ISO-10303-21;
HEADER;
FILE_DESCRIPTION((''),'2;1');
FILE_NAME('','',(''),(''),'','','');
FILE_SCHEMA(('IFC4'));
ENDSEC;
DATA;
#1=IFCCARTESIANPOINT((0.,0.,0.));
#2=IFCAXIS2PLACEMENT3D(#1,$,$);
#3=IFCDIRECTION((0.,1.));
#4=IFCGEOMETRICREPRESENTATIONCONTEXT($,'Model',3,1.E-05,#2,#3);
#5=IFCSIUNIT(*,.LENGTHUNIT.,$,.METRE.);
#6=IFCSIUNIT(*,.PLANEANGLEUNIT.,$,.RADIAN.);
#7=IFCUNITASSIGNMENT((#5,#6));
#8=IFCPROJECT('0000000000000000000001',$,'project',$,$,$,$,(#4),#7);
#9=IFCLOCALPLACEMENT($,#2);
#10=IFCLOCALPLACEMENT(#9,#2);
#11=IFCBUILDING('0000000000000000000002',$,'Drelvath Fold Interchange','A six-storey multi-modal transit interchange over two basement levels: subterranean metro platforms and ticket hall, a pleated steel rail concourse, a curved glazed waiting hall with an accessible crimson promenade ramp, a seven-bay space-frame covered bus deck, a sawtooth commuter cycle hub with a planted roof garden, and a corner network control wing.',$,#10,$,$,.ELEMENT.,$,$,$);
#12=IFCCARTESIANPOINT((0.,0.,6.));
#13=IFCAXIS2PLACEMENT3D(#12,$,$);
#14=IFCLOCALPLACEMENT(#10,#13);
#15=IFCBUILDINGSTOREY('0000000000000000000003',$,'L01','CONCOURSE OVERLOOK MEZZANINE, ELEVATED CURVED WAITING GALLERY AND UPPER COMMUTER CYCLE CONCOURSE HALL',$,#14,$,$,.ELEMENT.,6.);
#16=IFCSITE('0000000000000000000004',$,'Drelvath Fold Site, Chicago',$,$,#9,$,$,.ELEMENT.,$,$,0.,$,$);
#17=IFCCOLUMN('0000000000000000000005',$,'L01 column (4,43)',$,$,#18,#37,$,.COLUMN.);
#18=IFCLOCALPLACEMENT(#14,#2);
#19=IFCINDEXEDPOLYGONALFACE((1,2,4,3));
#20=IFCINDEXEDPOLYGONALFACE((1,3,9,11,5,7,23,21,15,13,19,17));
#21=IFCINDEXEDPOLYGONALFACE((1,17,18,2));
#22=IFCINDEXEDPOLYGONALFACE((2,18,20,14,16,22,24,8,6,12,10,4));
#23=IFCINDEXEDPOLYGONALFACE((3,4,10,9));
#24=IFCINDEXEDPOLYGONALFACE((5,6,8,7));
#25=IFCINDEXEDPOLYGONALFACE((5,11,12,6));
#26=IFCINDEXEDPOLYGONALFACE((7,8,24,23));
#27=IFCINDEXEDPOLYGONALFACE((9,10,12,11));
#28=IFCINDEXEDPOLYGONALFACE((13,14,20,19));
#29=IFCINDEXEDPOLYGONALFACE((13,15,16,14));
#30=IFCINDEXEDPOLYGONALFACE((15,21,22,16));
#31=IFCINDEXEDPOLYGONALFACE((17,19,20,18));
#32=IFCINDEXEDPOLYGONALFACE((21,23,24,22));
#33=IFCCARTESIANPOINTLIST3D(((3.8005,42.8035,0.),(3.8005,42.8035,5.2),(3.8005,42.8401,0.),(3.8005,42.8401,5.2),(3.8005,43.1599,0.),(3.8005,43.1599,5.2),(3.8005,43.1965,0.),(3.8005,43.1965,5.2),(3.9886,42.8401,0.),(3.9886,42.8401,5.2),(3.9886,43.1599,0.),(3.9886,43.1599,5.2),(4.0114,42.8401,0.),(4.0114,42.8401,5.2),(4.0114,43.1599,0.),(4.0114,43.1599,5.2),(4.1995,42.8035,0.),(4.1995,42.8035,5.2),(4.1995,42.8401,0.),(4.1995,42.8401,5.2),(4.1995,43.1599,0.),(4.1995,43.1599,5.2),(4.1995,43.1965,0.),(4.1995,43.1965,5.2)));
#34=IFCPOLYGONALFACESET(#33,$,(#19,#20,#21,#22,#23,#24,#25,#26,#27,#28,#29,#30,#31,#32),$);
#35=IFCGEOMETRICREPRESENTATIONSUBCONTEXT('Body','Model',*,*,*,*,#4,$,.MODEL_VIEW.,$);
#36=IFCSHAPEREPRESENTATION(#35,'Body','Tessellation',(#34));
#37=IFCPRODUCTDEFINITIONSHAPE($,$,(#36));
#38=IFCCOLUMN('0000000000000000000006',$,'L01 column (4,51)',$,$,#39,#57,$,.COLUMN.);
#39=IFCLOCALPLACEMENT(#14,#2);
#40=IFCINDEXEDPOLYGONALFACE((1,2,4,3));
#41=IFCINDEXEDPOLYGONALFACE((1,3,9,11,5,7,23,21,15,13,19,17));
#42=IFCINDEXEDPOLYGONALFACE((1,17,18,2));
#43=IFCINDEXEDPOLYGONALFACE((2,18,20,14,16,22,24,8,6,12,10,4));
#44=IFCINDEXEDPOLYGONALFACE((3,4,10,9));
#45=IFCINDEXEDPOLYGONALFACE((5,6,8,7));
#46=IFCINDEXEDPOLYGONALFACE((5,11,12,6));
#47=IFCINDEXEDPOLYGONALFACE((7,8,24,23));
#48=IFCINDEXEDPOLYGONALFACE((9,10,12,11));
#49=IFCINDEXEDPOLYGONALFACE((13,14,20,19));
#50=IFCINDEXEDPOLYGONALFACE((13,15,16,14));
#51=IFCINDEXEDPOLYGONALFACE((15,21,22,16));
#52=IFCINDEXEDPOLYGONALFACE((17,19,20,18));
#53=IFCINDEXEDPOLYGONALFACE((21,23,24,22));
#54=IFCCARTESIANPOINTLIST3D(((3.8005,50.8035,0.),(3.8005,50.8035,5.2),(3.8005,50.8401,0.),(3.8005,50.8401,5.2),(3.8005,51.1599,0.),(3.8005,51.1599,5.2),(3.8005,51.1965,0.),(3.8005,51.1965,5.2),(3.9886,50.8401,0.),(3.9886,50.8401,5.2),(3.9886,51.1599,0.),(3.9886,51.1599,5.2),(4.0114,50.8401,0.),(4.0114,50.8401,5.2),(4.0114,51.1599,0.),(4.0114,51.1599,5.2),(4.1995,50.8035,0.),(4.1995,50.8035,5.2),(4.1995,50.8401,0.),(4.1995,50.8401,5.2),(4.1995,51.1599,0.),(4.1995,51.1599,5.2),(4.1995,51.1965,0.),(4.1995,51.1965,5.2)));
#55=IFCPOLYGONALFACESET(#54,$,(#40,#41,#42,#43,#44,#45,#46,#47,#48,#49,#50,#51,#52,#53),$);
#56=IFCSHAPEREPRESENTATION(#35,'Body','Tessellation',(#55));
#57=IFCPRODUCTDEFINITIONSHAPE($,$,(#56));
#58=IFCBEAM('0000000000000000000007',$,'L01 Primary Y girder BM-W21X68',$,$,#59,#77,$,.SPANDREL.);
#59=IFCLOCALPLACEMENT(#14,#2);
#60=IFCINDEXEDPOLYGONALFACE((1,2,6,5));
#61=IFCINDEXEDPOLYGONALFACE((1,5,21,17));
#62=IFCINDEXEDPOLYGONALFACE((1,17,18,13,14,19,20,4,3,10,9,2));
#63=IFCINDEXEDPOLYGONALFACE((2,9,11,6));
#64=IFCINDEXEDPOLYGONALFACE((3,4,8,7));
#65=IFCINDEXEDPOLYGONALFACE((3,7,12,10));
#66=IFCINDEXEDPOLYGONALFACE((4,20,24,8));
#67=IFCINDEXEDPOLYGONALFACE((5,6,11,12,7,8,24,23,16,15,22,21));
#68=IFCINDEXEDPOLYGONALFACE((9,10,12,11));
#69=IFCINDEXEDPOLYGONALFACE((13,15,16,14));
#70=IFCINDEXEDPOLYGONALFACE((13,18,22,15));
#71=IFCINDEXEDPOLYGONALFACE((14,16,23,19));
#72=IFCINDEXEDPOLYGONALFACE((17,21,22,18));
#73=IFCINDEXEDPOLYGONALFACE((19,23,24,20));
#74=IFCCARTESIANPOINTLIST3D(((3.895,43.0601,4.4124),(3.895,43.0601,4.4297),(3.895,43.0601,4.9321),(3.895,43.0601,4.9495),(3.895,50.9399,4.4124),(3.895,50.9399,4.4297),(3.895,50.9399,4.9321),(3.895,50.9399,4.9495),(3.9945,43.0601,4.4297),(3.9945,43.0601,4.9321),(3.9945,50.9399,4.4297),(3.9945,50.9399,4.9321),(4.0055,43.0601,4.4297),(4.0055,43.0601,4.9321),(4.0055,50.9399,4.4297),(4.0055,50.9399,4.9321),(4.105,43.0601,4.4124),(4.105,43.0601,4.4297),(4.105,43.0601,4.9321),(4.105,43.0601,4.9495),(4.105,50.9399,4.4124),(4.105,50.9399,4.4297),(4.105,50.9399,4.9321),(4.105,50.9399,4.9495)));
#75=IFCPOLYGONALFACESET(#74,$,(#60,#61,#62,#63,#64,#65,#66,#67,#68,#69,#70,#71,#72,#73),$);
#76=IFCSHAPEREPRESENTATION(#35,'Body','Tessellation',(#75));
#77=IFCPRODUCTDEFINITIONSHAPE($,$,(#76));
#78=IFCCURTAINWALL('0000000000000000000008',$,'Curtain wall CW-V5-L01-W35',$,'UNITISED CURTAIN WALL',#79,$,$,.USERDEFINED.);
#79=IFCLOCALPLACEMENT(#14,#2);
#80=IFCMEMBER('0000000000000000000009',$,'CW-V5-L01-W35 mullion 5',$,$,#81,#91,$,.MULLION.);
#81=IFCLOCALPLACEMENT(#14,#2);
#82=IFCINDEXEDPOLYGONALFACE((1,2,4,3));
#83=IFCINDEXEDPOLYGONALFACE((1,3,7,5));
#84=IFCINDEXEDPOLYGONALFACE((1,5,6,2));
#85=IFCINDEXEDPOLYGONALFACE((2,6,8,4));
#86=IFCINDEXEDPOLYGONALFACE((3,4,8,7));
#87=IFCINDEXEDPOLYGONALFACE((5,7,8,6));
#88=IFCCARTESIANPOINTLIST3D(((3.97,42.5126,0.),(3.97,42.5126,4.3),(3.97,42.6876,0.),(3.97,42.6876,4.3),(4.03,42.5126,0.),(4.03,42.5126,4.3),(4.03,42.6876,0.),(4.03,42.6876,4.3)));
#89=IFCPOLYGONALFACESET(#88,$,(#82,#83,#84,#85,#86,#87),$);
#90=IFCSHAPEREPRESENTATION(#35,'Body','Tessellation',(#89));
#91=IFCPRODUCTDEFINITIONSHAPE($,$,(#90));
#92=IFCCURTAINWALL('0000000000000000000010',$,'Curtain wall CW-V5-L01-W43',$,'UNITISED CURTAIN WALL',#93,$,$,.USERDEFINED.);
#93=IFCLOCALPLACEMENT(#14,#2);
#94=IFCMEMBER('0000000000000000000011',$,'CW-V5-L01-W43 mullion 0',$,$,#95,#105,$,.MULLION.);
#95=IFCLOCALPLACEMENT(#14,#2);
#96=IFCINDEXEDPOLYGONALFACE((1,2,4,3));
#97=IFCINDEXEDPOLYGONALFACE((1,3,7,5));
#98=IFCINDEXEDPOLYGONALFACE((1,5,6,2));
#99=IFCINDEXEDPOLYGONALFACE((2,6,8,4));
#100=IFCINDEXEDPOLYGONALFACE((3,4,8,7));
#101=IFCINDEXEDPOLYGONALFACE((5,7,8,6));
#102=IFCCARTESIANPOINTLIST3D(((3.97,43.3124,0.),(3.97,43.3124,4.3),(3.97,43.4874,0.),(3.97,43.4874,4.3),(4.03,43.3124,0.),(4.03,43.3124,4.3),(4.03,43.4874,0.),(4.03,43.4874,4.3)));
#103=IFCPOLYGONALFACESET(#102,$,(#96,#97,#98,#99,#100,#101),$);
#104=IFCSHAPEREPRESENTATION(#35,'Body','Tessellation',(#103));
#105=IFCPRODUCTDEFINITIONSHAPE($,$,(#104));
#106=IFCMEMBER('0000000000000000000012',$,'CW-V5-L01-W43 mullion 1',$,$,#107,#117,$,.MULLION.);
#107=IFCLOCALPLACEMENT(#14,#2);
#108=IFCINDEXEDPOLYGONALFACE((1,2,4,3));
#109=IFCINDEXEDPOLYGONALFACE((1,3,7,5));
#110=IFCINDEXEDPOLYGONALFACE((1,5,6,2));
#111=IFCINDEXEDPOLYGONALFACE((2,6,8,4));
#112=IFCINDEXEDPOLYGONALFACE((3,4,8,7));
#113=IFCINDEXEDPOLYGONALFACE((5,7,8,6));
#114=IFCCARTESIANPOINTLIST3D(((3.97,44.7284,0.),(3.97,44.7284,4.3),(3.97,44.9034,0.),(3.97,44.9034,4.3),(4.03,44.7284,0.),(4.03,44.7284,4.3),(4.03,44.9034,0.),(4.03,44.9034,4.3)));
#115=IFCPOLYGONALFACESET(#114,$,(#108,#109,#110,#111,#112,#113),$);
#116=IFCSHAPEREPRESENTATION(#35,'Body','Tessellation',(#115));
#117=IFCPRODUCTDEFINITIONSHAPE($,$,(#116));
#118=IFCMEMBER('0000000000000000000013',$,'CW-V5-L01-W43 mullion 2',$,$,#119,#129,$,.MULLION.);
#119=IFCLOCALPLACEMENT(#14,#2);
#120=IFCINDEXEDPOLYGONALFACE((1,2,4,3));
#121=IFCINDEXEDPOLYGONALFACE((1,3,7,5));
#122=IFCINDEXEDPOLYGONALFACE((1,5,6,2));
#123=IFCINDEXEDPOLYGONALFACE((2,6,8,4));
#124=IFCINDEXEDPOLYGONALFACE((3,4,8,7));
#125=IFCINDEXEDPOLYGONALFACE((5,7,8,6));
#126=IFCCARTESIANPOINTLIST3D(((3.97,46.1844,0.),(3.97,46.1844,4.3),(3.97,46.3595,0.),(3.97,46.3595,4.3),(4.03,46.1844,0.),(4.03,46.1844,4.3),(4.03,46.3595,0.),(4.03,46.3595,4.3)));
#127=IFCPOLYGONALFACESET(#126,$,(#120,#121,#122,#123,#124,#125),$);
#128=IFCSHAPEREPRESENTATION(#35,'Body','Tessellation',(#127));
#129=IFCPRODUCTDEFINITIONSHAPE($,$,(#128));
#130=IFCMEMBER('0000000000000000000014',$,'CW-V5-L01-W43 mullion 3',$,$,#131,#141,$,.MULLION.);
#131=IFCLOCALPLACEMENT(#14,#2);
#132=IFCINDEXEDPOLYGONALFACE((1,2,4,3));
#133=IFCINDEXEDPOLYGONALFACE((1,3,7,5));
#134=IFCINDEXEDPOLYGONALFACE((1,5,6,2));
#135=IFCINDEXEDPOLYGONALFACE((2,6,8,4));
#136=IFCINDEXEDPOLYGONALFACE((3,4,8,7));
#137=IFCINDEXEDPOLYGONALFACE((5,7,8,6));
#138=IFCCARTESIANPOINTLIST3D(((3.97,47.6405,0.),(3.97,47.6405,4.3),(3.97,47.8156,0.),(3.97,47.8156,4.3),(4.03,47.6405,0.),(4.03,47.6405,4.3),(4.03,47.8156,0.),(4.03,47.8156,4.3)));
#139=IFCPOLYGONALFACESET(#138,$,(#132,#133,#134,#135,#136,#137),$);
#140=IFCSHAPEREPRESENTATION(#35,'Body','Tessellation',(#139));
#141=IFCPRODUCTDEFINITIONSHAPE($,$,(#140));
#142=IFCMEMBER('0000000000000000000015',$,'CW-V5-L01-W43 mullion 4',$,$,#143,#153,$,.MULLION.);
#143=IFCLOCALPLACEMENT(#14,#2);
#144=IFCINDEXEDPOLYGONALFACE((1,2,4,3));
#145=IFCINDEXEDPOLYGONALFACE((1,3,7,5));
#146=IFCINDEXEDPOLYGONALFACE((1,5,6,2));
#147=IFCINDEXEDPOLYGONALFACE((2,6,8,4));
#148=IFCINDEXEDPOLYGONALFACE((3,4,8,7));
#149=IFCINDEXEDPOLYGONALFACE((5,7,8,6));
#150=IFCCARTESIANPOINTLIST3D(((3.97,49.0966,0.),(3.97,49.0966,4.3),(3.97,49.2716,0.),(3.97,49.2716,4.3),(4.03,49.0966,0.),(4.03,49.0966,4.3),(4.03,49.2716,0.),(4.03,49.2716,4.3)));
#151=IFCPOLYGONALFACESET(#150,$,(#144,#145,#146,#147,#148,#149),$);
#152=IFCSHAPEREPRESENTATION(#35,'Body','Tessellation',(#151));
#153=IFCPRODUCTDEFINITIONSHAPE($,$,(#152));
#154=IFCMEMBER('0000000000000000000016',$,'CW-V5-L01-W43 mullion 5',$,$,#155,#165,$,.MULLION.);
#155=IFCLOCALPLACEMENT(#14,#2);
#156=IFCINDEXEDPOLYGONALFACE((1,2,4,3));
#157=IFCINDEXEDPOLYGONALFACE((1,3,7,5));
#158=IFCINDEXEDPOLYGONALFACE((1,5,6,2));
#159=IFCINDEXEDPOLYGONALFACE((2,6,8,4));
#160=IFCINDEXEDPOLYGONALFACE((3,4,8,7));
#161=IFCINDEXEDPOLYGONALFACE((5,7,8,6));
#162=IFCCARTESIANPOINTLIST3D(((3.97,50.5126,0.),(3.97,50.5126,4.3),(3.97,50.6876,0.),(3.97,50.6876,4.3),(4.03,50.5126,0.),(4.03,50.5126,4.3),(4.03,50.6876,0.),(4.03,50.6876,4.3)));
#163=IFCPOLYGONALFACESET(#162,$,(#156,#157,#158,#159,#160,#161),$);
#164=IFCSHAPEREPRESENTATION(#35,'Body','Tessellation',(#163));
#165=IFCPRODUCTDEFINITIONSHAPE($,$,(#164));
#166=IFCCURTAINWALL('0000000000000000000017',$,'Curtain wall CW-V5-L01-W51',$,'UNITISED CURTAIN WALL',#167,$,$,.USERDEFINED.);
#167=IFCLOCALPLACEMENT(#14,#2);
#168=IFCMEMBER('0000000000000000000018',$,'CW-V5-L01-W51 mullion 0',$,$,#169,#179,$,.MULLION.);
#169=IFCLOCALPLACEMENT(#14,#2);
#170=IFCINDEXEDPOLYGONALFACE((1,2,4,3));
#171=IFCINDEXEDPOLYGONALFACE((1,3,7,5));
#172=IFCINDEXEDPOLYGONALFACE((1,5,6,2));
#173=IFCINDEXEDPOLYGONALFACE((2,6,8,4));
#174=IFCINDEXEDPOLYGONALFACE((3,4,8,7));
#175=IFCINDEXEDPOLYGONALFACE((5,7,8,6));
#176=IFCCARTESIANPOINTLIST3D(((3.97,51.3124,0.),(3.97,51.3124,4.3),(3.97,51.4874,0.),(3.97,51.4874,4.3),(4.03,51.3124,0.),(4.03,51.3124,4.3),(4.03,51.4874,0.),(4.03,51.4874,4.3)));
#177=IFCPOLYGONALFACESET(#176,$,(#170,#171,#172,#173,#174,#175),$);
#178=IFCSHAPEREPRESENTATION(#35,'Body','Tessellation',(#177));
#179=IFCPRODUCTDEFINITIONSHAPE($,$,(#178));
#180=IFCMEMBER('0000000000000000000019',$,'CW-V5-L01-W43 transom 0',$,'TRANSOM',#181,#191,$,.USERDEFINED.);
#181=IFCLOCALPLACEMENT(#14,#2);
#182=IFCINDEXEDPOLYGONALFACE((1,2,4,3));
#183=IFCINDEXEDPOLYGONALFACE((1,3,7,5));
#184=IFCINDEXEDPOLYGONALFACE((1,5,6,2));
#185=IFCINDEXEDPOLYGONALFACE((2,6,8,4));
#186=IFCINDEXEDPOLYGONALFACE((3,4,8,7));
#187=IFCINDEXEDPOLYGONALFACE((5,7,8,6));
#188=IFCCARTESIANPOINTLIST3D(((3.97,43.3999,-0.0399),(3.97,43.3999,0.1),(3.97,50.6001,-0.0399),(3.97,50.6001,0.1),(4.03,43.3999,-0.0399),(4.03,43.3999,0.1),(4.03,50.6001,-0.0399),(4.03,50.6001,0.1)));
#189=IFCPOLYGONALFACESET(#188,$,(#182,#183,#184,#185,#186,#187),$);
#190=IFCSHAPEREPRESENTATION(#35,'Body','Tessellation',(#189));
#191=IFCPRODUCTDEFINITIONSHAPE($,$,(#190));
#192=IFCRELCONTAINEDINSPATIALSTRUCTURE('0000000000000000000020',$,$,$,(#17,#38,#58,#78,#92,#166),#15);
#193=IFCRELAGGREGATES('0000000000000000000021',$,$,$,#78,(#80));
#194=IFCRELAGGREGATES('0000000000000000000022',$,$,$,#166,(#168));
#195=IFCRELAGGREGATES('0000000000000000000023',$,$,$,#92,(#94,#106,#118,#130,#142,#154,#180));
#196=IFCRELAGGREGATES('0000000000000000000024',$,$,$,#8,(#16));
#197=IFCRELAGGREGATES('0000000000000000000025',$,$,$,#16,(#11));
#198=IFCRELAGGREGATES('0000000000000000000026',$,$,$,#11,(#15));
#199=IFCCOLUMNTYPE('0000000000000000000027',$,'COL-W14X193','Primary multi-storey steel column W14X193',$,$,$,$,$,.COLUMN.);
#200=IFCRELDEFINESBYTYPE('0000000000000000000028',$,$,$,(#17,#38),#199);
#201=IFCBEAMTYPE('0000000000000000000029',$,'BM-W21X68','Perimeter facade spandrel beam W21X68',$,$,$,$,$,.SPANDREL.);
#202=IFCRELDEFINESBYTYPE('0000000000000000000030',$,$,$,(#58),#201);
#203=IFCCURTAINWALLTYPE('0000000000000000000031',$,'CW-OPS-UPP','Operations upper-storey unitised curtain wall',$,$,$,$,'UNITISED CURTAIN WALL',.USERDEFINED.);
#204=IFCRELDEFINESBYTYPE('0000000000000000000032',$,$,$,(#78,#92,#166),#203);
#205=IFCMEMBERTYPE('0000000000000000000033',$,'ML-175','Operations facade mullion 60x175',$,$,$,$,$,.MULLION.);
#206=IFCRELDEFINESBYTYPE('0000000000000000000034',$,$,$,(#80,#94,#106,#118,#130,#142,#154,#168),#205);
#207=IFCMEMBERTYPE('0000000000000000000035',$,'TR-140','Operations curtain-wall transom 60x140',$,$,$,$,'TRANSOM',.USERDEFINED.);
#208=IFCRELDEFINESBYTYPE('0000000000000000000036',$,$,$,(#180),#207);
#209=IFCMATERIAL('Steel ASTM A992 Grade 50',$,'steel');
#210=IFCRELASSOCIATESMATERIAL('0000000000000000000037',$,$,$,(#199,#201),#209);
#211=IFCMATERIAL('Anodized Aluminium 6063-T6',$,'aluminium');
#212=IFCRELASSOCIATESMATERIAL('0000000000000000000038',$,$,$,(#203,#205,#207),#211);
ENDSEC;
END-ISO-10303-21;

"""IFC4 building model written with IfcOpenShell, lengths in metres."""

from ifc_helpers import new_model, si_unit, direction, frame, origin, origin_2d, place, context, subcontext, project, spatial, rectangle, i_section, extrude, material, material_profile, profile_set, type_object, element, aggregate, save


model = new_model("IFC4")

# Units and contexts
model_context = context("Model", 3, precision=1e-05, world=origin(), true_north=direction((0.0, 1.0)))
body_context = subcontext(model_context, "Body", "Model", "MODEL_VIEW")
ifc_project = project(units=[si_unit("LENGTHUNIT", "METRE"), si_unit("PLANEANGLEUNIT", "RADIAN")], contexts=[model_context])

# Site, building, storey
site_placement = place(None, origin())
site = spatial("IfcSite", under=ifc_project, at=site_placement, Name="Drelvath Fold Site, Chicago", CompositionType="ELEMENT", RefElevation=0.0)
building_placement = place(site_placement, origin())
building = spatial("IfcBuilding", under=site, at=building_placement, Name="Drelvath Fold Interchange", Description="A six-storey multi-modal transit interchange over two basement levels: subterranean metro platforms and ticket hall, a pleated steel rail concourse, a curved glazed waiting hall with an accessible crimson promenade ramp, a seven-bay space-frame covered bus deck, a sawtooth commuter cycle hub with a planted roof garden, and a corner network control wing.", CompositionType="ELEMENT")
storey_placement = place(building_placement, frame((0.0, 0.0, 6.0)))
storey = spatial("IfcBuildingStorey", under=building, at=storey_placement, Name="L01", Description="CONCOURSE OVERLOOK MEZZANINE, ELEVATED CURVED WAITING GALLERY AND UPPER COMMUTER CYCLE CONCOURSE HALL", CompositionType="ELEMENT", Elevation=6.0)

# Columns
ifc_material_1 = material(Name="Steel ASTM A992 Grade 50", Category="steel")
ifc_material_profile_1 = material_profile(ifc_material_1, i_section(OverallWidth=0.3989, OverallDepth=0.3931, WebThickness=0.0227, FlangeThickness=0.0366, at=origin_2d()), Name="W14X193")
ifc_profile_set_1 = profile_set([ifc_material_profile_1], Name="Steel ASTM A992 Grade 50")
column_type = type_object("IfcColumnType", Name="COL-W14X193", Description="Primary multi-storey steel column W14X193", PredefinedType="COLUMN", material=ifc_profile_set_1)
for number, where, z_axis, x_axis, name in (
    (1, (4.0, 43.0, 0.0), (0.0, 0.0, 1.0), (1.0, 0.0, 0.0), "L01 column (4,43)"),
    (2, (4.0, 51.0, 0.0), (0.0, 0.0, 1.0), (1.0, 0.0, 0.0), "L01 column (4,51)"),
):
    element("IfcColumn", number, at=place(storey_placement, frame(where, z_axis=z_axis, x_axis=x_axis)), inside=storey, type_object=column_type, Name=name, PredefinedType="COLUMN", context=body_context, shape_type="SweptSolid", body=[
        extrude(i_section(OverallWidth=0.3989, OverallDepth=0.3931, WebThickness=0.0227, FlangeThickness=0.0366, at=origin_2d()), origin(), (0.0, 0.0, 1.0), 5.2),
    ])

# Beam
ifc_material_profile_2 = material_profile(ifc_material_1, i_section(OverallWidth=0.21, OverallDepth=0.5371, WebThickness=0.011, FlangeThickness=0.0173, at=origin_2d()), Name="W21X68")
ifc_profile_set_2 = profile_set([ifc_material_profile_2], Name="Steel ASTM A992 Grade 50")
beam_type = type_object("IfcBeamType", Name="BM-W21X68", Description="Perimeter facade spandrel beam W21X68", PredefinedType="SPANDREL", material=ifc_profile_set_2)
beam_placement = place(storey_placement, frame((4.0, 43.0601, 4.6809), z_axis=(0.0, 1.0, 0.0), x_axis=(-1.0, 0.0, 0.0)))
element("IfcBeam", 3, at=beam_placement, inside=storey, type_object=beam_type, Name="L01 Primary Y girder BM-W21X68", PredefinedType="SPANDREL", context=body_context, shape_type="SweptSolid", body=[
    extrude(i_section(OverallWidth=0.21, OverallDepth=0.5371, WebThickness=0.011, FlangeThickness=0.0173, at=origin_2d()), origin(), (0.0, 0.0, 1.0), 7.8799),
])

# Curtain wall, member
ifc_material_2 = material(Name="Anodized Aluminium 6063-T6", Category="aluminium")
curtain_wall_type = type_object("IfcCurtainWallType", Name="CW-OPS-UPP", Description="Operations upper-storey unitised curtain wall", ElementType="UNITISED CURTAIN WALL", PredefinedType="USERDEFINED", material=ifc_material_2)
curtain_wall_1_placement = place(storey_placement, origin())
curtain_wall_1 = element("IfcCurtainWall", 4, at=curtain_wall_1_placement, inside=storey, type_object=curtain_wall_type, Name="Curtain wall CW-V5-L01-W35", ObjectType="UNITISED CURTAIN WALL", PredefinedType="USERDEFINED")
ifc_material_profile_3 = material_profile(ifc_material_2, rectangle(XDim=0.0601, YDim=0.175, at=origin_2d()), Name="AL-M 60x175")
ifc_profile_set_3 = profile_set([ifc_material_profile_3], Name="Anodized Aluminium 6063-T6")
member_type_1 = type_object("IfcMemberType", Name="ML-175", Description="Operations facade mullion 60x175", PredefinedType="MULLION", material=ifc_profile_set_3)
member_1_placement = place(storey_placement, frame((4.0, 42.6001, 0.0), z_axis=(0.0, 0.0, 1.0), x_axis=(1.0, 0.0, 0.0)))
member_1 = element("IfcMember", 5, at=member_1_placement, type_object=member_type_1, Name="CW-V5-L01-W35 mullion 5", PredefinedType="MULLION", context=body_context, shape_type="SweptSolid", body=[
    extrude(rectangle(XDim=0.0601, YDim=0.175, at=origin_2d()), origin(), (0.0, 0.0, 1.0), 4.3),
])
aggregate(curtain_wall_1, [member_1])

# Curtain wall, members
curtain_wall_2_placement = place(storey_placement, origin())
curtain_wall_2 = element("IfcCurtainWall", 6, at=curtain_wall_2_placement, inside=storey, type_object=curtain_wall_type, Name="Curtain wall CW-V5-L01-W43", ObjectType="UNITISED CURTAIN WALL", PredefinedType="USERDEFINED")
member_2_placement = place(storey_placement, frame((4.0, 43.3999, 0.0), z_axis=(0.0, 0.0, 1.0), x_axis=(1.0, 0.0, 0.0)))
member_2 = element("IfcMember", 7, at=member_2_placement, type_object=member_type_1, Name="CW-V5-L01-W43 mullion 0", PredefinedType="MULLION", context=body_context, shape_type="SweptSolid", body=[
    extrude(rectangle(XDim=0.0601, YDim=0.175, at=origin_2d()), origin(), (0.0, 0.0, 1.0), 4.3),
])
member_3_placement = place(storey_placement, frame((4.0, 44.8159, 0.0), z_axis=(0.0, 0.0, 1.0), x_axis=(1.0, 0.0, 0.0)))
member_3 = element("IfcMember", 8, at=member_3_placement, type_object=member_type_1, Name="CW-V5-L01-W43 mullion 1", PredefinedType="MULLION", context=body_context, shape_type="SweptSolid", body=[
    extrude(rectangle(XDim=0.0601, YDim=0.175, at=origin_2d()), origin(), (0.0, 0.0, 1.0), 4.3),
])
member_4_placement = place(storey_placement, frame((4.0, 46.272, 0.0), z_axis=(0.0, 0.0, 1.0), x_axis=(1.0, 0.0, 0.0)))
member_4 = element("IfcMember", 9, at=member_4_placement, type_object=member_type_1, Name="CW-V5-L01-W43 mullion 2", PredefinedType="MULLION", context=body_context, shape_type="SweptSolid", body=[
    extrude(rectangle(XDim=0.0601, YDim=0.175, at=origin_2d()), origin(), (0.0, 0.0, 1.0), 4.3),
])
member_5_placement = place(storey_placement, frame((4.0, 47.728, 0.0), z_axis=(0.0, 0.0, 1.0), x_axis=(1.0, 0.0, 0.0)))
member_5 = element("IfcMember", 10, at=member_5_placement, type_object=member_type_1, Name="CW-V5-L01-W43 mullion 3", PredefinedType="MULLION", context=body_context, shape_type="SweptSolid", body=[
    extrude(rectangle(XDim=0.0601, YDim=0.175, at=origin_2d()), origin(), (0.0, 0.0, 1.0), 4.3),
])
member_6_placement = place(storey_placement, frame((4.0, 49.1841, 0.0), z_axis=(0.0, 0.0, 1.0), x_axis=(1.0, 0.0, 0.0)))
member_6 = element("IfcMember", 11, at=member_6_placement, type_object=member_type_1, Name="CW-V5-L01-W43 mullion 4", PredefinedType="MULLION", context=body_context, shape_type="SweptSolid", body=[
    extrude(rectangle(XDim=0.0601, YDim=0.175, at=origin_2d()), origin(), (0.0, 0.0, 1.0), 4.3),
])
member_7_placement = place(storey_placement, frame((4.0, 50.6001, 0.0), z_axis=(0.0, 0.0, 1.0), x_axis=(1.0, 0.0, 0.0)))
member_7 = element("IfcMember", 12, at=member_7_placement, type_object=member_type_1, Name="CW-V5-L01-W43 mullion 5", PredefinedType="MULLION", context=body_context, shape_type="SweptSolid", body=[
    extrude(rectangle(XDim=0.0601, YDim=0.175, at=origin_2d()), origin(), (0.0, 0.0, 1.0), 4.3),
])

# Curtain wall, member
curtain_wall_3_placement = place(storey_placement, origin())
curtain_wall_3 = element("IfcCurtainWall", 13, at=curtain_wall_3_placement, inside=storey, type_object=curtain_wall_type, Name="Curtain wall CW-V5-L01-W51", ObjectType="UNITISED CURTAIN WALL", PredefinedType="USERDEFINED")
member_8_placement = place(storey_placement, frame((4.0, 51.3999, 0.0), z_axis=(0.0, 0.0, 1.0), x_axis=(1.0, 0.0, 0.0)))
member_8 = element("IfcMember", 14, at=member_8_placement, type_object=member_type_1, Name="CW-V5-L01-W51 mullion 0", PredefinedType="MULLION", context=body_context, shape_type="SweptSolid", body=[
    extrude(rectangle(XDim=0.0601, YDim=0.175, at=origin_2d()), origin(), (0.0, 0.0, 1.0), 4.3),
])

# Member
ifc_material_profile_4 = material_profile(ifc_material_2, rectangle(XDim=0.0601, YDim=0.1399, at=origin_2d()), Name="AL-T 60x140")
ifc_profile_set_4 = profile_set([ifc_material_profile_4], Name="Anodized Aluminium 6063-T6")
member_type_2 = type_object("IfcMemberType", Name="TR-140", Description="Operations curtain-wall transom 60x140", ElementType="TRANSOM", PredefinedType="USERDEFINED", material=ifc_profile_set_4)
member_9_placement = place(storey_placement, frame((4.0, 43.3999, 0.03), z_axis=(0.0, 1.0, 0.0), x_axis=(-1.0, 0.0, 0.0)))
member_9 = element("IfcMember", 15, at=member_9_placement, type_object=member_type_2, Name="CW-V5-L01-W43 transom 0", ObjectType="TRANSOM", PredefinedType="USERDEFINED", context=body_context, shape_type="SweptSolid", body=[
    extrude(rectangle(XDim=0.0601, YDim=0.1399, at=origin_2d()), origin(), (0.0, 0.0, 1.0), 7.2002),
])
aggregate(curtain_wall_3, [member_8])

aggregate(curtain_wall_2, [member_2, member_3, member_4, member_5, member_6, member_7, member_9])

save(model, "model.ifc")
